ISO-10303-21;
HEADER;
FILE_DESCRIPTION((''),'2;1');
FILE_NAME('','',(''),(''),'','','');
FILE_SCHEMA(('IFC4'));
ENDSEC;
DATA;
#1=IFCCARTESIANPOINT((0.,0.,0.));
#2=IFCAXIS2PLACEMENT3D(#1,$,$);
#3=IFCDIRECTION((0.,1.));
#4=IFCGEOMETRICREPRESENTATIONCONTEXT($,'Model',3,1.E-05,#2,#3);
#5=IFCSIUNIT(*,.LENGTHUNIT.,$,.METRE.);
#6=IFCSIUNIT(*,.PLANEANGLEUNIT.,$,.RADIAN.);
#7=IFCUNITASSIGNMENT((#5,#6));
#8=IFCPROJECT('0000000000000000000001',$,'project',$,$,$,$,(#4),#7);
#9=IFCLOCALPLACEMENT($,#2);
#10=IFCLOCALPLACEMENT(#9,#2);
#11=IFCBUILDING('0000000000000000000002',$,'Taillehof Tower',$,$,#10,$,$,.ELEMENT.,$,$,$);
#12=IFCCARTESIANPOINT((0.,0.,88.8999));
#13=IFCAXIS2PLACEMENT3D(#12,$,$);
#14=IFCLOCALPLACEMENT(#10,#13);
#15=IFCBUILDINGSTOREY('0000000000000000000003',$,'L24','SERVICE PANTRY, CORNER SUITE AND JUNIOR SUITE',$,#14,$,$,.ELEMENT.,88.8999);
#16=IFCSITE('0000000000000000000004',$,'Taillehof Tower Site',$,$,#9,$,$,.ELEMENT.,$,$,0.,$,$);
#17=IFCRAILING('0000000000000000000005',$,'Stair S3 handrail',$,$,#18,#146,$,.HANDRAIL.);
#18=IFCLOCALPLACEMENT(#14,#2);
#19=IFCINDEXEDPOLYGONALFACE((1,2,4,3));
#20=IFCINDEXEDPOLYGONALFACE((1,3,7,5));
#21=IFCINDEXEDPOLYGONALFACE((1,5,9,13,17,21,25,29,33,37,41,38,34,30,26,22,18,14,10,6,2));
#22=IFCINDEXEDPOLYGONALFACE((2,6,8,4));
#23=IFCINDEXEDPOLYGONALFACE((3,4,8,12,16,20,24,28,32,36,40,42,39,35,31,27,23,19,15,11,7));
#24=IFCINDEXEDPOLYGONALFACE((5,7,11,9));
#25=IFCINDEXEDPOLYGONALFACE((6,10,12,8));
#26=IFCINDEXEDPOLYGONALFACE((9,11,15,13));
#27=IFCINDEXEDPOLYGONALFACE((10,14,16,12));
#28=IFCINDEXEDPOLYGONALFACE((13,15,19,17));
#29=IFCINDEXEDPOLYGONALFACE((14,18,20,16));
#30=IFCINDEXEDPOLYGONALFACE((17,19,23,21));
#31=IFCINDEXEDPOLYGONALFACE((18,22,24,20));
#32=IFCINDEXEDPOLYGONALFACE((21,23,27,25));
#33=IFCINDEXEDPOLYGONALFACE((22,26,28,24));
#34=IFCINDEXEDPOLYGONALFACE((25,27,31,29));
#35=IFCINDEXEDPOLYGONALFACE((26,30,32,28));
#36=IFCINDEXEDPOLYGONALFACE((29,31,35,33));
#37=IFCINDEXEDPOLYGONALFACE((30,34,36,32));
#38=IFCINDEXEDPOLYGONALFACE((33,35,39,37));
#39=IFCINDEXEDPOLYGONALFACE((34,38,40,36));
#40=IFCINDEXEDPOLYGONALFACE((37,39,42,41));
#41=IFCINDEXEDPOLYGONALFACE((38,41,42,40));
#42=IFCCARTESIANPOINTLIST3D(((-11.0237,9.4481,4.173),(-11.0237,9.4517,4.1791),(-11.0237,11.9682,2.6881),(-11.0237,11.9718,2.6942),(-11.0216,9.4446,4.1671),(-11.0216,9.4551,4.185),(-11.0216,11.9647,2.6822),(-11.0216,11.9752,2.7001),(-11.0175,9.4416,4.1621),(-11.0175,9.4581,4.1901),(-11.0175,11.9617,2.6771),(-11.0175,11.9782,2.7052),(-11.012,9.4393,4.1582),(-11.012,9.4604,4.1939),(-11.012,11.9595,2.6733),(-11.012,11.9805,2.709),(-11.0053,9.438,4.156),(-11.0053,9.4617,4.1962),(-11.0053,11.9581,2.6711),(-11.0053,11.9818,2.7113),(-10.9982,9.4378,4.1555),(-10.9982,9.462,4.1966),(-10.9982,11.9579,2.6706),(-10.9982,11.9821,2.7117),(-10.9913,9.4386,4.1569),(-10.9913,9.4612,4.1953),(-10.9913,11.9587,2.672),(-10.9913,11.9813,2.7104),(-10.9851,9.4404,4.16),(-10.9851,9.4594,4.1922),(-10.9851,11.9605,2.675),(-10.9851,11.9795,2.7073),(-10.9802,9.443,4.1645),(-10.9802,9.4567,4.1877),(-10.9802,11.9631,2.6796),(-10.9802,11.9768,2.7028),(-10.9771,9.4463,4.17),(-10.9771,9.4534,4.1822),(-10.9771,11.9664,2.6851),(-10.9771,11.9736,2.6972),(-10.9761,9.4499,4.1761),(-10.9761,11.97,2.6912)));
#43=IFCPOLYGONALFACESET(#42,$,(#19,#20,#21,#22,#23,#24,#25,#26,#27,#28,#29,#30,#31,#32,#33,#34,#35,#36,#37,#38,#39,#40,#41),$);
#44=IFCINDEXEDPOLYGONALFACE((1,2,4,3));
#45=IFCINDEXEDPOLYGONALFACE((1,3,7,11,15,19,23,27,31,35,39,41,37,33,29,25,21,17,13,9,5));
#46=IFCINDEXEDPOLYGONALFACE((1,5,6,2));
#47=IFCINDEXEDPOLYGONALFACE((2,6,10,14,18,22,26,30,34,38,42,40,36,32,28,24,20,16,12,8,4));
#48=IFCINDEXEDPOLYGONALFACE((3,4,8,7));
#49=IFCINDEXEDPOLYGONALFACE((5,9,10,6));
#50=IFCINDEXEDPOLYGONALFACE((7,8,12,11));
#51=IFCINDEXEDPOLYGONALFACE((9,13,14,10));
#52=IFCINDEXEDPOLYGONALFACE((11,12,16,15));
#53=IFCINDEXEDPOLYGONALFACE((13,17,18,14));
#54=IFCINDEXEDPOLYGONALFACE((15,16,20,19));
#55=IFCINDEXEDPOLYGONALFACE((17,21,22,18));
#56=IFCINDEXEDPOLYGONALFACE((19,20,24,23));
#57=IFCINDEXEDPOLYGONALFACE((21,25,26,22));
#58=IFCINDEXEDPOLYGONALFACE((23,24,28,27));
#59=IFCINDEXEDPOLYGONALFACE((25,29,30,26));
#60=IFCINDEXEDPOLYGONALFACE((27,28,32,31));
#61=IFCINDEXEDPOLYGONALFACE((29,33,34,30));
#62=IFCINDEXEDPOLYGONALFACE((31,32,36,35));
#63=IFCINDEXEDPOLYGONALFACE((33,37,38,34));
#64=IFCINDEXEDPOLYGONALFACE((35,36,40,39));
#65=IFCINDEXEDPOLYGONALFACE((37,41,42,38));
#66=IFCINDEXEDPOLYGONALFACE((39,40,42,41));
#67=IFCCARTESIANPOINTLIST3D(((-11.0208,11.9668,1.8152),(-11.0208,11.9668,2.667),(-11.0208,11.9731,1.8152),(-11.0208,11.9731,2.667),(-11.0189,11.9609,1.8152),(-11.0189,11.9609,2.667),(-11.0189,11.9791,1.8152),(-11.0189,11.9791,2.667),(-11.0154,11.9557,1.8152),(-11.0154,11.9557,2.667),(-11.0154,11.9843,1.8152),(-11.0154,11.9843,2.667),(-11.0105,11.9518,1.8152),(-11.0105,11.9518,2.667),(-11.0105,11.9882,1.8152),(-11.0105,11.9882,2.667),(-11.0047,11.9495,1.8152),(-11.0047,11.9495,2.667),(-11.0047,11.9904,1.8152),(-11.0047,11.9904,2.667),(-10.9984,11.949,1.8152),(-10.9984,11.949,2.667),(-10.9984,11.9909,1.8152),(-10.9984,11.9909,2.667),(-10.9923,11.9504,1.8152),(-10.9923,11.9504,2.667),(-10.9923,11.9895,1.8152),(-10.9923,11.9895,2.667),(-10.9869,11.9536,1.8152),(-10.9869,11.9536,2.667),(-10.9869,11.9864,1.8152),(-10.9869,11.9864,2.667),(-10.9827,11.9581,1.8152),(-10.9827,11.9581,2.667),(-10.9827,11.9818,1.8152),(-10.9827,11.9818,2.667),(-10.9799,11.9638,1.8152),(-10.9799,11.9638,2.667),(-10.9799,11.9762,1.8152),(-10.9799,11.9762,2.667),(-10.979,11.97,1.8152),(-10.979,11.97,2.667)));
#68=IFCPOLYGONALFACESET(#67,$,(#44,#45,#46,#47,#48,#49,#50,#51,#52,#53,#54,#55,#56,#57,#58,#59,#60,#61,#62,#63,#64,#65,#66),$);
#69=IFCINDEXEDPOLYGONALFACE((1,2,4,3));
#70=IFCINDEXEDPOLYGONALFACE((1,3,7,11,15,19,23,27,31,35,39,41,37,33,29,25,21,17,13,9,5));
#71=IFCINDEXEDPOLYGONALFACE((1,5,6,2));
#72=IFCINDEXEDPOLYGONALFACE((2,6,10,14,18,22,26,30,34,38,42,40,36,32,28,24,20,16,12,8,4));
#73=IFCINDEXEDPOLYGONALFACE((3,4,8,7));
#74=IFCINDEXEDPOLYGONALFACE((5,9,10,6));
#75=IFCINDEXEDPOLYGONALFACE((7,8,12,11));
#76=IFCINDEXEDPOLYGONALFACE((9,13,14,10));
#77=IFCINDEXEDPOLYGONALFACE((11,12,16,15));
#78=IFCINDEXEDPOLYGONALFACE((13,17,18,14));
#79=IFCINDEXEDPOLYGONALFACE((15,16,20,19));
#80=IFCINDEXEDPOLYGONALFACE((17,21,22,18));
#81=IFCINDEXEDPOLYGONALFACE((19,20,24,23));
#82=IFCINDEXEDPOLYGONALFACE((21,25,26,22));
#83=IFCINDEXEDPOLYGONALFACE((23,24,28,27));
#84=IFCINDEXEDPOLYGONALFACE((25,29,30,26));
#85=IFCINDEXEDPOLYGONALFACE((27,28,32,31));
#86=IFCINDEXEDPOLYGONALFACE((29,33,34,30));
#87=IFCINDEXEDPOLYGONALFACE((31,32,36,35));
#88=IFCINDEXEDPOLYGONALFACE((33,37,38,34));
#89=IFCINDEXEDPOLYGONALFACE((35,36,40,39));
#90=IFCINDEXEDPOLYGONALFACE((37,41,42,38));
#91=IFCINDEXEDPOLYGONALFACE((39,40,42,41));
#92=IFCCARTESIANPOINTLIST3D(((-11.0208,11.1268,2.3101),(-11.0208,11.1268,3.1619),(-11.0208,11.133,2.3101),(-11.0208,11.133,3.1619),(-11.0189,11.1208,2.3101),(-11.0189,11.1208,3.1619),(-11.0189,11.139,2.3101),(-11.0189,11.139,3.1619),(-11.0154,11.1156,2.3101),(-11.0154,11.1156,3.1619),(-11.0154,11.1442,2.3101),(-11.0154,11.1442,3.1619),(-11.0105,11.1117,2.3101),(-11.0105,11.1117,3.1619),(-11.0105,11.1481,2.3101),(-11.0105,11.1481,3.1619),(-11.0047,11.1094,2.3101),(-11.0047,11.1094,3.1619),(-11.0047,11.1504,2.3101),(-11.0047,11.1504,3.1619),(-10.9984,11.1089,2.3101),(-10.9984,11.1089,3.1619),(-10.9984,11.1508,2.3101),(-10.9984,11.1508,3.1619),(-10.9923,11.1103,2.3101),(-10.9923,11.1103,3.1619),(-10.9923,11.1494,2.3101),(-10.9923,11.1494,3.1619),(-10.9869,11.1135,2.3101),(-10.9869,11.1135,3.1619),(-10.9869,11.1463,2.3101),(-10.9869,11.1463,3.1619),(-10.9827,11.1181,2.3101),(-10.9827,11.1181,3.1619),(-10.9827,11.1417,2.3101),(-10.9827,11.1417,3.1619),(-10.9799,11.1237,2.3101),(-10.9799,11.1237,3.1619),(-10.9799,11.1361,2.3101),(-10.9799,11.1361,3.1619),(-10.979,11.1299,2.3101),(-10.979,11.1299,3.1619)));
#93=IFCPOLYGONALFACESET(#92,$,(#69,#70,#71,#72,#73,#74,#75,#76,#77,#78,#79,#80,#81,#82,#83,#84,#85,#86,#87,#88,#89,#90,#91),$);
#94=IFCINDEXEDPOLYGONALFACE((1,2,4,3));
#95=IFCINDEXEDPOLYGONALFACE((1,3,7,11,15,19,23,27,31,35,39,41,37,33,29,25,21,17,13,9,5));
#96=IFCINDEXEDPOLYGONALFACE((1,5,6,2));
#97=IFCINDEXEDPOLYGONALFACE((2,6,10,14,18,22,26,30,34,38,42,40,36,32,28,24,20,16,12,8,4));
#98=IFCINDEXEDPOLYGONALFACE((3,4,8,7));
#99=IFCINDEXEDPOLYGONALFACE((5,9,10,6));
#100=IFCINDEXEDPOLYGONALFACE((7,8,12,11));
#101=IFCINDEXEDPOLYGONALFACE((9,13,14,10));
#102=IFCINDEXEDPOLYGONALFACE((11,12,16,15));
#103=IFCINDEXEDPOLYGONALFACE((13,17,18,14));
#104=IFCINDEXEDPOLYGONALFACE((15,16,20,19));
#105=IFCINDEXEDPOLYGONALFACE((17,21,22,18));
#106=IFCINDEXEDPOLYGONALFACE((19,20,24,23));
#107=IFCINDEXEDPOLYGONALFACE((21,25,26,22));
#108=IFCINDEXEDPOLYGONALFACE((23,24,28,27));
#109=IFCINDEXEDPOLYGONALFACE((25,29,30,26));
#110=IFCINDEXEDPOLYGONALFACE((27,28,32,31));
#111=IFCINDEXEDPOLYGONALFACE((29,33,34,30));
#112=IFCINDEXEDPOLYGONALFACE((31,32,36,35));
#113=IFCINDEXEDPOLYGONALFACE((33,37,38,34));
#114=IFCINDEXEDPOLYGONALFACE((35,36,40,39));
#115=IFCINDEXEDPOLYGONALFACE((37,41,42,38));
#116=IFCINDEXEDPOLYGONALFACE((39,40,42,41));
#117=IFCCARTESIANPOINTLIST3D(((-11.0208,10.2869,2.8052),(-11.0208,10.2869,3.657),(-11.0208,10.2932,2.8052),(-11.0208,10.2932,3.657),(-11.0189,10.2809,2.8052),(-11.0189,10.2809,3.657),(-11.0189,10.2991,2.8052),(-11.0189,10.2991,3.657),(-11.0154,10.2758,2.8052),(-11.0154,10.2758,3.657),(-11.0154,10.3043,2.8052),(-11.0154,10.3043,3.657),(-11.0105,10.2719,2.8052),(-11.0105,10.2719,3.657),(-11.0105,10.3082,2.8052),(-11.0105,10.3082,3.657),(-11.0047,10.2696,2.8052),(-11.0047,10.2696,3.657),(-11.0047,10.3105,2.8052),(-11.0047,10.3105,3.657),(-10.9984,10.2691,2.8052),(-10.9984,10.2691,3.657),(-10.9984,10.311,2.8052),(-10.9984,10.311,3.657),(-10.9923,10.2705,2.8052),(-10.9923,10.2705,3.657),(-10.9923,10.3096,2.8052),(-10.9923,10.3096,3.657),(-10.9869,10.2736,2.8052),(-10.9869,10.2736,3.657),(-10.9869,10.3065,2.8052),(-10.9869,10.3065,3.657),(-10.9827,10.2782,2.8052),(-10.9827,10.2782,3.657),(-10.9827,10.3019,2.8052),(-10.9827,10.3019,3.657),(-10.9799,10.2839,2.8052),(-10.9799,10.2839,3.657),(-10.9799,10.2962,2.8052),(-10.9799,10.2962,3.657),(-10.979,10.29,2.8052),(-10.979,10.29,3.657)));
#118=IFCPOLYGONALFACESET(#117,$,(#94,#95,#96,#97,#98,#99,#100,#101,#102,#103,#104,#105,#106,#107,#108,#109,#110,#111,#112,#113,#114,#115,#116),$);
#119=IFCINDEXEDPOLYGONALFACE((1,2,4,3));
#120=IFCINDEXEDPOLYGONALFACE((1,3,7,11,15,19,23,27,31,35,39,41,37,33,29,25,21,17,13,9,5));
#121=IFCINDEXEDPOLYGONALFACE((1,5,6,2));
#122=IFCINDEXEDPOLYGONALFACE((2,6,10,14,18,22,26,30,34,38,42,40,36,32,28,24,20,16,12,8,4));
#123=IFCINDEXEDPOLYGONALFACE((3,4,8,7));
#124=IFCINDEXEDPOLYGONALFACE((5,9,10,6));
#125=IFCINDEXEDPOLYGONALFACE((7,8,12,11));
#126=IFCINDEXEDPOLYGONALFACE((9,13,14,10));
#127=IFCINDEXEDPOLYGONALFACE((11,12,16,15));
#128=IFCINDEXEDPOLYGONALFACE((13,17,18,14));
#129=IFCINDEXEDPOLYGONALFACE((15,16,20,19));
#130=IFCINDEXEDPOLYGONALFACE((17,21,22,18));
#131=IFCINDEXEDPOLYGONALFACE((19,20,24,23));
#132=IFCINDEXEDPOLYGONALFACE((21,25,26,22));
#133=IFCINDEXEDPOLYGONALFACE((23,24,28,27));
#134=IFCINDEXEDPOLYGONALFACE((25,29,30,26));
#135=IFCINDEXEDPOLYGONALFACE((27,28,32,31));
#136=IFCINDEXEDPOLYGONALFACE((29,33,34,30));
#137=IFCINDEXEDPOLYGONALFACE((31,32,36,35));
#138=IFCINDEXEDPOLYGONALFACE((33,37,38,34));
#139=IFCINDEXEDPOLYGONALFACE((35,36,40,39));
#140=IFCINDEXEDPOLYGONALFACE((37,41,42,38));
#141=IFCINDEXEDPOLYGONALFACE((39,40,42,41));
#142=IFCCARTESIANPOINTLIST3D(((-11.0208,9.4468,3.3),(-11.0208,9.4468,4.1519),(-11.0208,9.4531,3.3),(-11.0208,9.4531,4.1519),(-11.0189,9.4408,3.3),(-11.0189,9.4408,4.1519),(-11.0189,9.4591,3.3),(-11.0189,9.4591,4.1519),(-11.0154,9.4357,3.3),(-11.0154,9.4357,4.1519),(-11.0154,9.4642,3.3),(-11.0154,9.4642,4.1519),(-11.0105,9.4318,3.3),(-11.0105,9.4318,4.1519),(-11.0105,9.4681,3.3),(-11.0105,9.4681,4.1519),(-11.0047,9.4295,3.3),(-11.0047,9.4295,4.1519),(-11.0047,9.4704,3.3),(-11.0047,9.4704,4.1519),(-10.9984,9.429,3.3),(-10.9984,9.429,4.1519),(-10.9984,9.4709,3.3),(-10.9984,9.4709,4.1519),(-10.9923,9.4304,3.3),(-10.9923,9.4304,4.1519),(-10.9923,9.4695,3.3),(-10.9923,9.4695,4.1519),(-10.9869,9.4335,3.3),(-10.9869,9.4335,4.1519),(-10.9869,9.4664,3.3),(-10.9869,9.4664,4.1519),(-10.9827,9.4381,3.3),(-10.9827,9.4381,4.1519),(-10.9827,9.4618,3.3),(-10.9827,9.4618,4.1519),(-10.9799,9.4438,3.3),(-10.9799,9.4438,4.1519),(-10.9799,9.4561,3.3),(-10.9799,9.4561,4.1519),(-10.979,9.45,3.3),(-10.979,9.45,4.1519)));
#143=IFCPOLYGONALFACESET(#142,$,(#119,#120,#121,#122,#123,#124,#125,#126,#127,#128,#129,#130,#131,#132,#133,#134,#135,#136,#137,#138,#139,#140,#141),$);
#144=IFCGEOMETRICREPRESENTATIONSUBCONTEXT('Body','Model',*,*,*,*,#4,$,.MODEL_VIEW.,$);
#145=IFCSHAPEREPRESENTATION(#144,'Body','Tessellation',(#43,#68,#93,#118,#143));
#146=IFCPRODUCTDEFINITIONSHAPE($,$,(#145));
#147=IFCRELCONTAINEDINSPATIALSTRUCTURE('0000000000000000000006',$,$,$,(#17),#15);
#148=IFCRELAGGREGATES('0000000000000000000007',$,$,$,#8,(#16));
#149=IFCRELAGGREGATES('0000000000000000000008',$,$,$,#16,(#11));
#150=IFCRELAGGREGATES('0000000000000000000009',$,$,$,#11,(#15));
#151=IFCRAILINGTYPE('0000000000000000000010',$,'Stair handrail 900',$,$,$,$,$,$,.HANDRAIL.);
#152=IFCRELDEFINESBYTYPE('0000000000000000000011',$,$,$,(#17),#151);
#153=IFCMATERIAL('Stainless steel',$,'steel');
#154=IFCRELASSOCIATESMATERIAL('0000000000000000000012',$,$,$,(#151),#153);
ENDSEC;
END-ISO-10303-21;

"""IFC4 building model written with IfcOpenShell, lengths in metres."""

from ifc_helpers import new_model, si_unit, direction, frame, origin, origin_2d, place, context, subcontext, project, spatial, circle, extrude, material, type_object, element, save


model = new_model("IFC4")

# Units and contexts
model_context = context("Model", 3, precision=1e-05, world=origin(), true_north=direction((0.0, 1.0)))
body_context = subcontext(model_context, "Body", "Model", "MODEL_VIEW")
ifc_project = project(units=[si_unit("LENGTHUNIT", "METRE"), si_unit("PLANEANGLEUNIT", "RADIAN")], contexts=[model_context])

# Site, building, storey
site_placement = place(None, origin())
site = spatial("IfcSite", under=ifc_project, at=site_placement, Name="Taillehof Tower Site", CompositionType="ELEMENT", RefElevation=0.0)
building_placement = place(site_placement, origin())
building = spatial("IfcBuilding", under=site, at=building_placement, Name="Taillehof Tower", CompositionType="ELEMENT")
storey_placement = place(building_placement, frame((0.0, 0.0, 88.8999)))
storey = spatial("IfcBuildingStorey", under=building, at=storey_placement, Name="L24", Description="SERVICE PANTRY, CORNER SUITE AND JUNIOR SUITE", CompositionType="ELEMENT", Elevation=88.8999)

# Railing
ifc_material_1 = material(Name="Stainless steel", Category="steel")
railing_type = type_object("IfcRailingType", Name="Stair handrail 900", PredefinedType="HANDRAIL", material=ifc_material_1)
railing_placement = place(storey_placement, frame((-11.0, 11.97, 1.8152)))
element("IfcRailing", 1, at=railing_placement, inside=storey, type_object=railing_type, Name="Stair S3 handrail", PredefinedType="HANDRAIL", context=body_context, shape_type="SweptSolid", body=[
    extrude(circle(Radius=0.0239, at=origin_2d()), frame((0.0, 0.0, 0.876), z_axis=(0.0, -0.861561, 0.507655), x_axis=(1.0, 0.0, 0.0)), (0.0, 0.0, 1.0), 2.925),
    extrude(circle(Radius=0.021, at=origin_2d()), origin(), (0.0, 0.0, 1.0), 0.8518),
    extrude(circle(Radius=0.021, at=origin_2d()), frame((0.0, -0.8401, 0.4949)), (0.0, 0.0, 1.0), 0.8518),
    extrude(circle(Radius=0.021, at=origin_2d()), frame((0.0, -1.6799, 0.99)), (0.0, 0.0, 1.0), 0.8518),
    extrude(circle(Radius=0.021, at=origin_2d()), frame((0.0, -2.52, 1.4849)), (0.0, 0.0, 1.0), 0.8518),
])

save(model, "model.ifc")
